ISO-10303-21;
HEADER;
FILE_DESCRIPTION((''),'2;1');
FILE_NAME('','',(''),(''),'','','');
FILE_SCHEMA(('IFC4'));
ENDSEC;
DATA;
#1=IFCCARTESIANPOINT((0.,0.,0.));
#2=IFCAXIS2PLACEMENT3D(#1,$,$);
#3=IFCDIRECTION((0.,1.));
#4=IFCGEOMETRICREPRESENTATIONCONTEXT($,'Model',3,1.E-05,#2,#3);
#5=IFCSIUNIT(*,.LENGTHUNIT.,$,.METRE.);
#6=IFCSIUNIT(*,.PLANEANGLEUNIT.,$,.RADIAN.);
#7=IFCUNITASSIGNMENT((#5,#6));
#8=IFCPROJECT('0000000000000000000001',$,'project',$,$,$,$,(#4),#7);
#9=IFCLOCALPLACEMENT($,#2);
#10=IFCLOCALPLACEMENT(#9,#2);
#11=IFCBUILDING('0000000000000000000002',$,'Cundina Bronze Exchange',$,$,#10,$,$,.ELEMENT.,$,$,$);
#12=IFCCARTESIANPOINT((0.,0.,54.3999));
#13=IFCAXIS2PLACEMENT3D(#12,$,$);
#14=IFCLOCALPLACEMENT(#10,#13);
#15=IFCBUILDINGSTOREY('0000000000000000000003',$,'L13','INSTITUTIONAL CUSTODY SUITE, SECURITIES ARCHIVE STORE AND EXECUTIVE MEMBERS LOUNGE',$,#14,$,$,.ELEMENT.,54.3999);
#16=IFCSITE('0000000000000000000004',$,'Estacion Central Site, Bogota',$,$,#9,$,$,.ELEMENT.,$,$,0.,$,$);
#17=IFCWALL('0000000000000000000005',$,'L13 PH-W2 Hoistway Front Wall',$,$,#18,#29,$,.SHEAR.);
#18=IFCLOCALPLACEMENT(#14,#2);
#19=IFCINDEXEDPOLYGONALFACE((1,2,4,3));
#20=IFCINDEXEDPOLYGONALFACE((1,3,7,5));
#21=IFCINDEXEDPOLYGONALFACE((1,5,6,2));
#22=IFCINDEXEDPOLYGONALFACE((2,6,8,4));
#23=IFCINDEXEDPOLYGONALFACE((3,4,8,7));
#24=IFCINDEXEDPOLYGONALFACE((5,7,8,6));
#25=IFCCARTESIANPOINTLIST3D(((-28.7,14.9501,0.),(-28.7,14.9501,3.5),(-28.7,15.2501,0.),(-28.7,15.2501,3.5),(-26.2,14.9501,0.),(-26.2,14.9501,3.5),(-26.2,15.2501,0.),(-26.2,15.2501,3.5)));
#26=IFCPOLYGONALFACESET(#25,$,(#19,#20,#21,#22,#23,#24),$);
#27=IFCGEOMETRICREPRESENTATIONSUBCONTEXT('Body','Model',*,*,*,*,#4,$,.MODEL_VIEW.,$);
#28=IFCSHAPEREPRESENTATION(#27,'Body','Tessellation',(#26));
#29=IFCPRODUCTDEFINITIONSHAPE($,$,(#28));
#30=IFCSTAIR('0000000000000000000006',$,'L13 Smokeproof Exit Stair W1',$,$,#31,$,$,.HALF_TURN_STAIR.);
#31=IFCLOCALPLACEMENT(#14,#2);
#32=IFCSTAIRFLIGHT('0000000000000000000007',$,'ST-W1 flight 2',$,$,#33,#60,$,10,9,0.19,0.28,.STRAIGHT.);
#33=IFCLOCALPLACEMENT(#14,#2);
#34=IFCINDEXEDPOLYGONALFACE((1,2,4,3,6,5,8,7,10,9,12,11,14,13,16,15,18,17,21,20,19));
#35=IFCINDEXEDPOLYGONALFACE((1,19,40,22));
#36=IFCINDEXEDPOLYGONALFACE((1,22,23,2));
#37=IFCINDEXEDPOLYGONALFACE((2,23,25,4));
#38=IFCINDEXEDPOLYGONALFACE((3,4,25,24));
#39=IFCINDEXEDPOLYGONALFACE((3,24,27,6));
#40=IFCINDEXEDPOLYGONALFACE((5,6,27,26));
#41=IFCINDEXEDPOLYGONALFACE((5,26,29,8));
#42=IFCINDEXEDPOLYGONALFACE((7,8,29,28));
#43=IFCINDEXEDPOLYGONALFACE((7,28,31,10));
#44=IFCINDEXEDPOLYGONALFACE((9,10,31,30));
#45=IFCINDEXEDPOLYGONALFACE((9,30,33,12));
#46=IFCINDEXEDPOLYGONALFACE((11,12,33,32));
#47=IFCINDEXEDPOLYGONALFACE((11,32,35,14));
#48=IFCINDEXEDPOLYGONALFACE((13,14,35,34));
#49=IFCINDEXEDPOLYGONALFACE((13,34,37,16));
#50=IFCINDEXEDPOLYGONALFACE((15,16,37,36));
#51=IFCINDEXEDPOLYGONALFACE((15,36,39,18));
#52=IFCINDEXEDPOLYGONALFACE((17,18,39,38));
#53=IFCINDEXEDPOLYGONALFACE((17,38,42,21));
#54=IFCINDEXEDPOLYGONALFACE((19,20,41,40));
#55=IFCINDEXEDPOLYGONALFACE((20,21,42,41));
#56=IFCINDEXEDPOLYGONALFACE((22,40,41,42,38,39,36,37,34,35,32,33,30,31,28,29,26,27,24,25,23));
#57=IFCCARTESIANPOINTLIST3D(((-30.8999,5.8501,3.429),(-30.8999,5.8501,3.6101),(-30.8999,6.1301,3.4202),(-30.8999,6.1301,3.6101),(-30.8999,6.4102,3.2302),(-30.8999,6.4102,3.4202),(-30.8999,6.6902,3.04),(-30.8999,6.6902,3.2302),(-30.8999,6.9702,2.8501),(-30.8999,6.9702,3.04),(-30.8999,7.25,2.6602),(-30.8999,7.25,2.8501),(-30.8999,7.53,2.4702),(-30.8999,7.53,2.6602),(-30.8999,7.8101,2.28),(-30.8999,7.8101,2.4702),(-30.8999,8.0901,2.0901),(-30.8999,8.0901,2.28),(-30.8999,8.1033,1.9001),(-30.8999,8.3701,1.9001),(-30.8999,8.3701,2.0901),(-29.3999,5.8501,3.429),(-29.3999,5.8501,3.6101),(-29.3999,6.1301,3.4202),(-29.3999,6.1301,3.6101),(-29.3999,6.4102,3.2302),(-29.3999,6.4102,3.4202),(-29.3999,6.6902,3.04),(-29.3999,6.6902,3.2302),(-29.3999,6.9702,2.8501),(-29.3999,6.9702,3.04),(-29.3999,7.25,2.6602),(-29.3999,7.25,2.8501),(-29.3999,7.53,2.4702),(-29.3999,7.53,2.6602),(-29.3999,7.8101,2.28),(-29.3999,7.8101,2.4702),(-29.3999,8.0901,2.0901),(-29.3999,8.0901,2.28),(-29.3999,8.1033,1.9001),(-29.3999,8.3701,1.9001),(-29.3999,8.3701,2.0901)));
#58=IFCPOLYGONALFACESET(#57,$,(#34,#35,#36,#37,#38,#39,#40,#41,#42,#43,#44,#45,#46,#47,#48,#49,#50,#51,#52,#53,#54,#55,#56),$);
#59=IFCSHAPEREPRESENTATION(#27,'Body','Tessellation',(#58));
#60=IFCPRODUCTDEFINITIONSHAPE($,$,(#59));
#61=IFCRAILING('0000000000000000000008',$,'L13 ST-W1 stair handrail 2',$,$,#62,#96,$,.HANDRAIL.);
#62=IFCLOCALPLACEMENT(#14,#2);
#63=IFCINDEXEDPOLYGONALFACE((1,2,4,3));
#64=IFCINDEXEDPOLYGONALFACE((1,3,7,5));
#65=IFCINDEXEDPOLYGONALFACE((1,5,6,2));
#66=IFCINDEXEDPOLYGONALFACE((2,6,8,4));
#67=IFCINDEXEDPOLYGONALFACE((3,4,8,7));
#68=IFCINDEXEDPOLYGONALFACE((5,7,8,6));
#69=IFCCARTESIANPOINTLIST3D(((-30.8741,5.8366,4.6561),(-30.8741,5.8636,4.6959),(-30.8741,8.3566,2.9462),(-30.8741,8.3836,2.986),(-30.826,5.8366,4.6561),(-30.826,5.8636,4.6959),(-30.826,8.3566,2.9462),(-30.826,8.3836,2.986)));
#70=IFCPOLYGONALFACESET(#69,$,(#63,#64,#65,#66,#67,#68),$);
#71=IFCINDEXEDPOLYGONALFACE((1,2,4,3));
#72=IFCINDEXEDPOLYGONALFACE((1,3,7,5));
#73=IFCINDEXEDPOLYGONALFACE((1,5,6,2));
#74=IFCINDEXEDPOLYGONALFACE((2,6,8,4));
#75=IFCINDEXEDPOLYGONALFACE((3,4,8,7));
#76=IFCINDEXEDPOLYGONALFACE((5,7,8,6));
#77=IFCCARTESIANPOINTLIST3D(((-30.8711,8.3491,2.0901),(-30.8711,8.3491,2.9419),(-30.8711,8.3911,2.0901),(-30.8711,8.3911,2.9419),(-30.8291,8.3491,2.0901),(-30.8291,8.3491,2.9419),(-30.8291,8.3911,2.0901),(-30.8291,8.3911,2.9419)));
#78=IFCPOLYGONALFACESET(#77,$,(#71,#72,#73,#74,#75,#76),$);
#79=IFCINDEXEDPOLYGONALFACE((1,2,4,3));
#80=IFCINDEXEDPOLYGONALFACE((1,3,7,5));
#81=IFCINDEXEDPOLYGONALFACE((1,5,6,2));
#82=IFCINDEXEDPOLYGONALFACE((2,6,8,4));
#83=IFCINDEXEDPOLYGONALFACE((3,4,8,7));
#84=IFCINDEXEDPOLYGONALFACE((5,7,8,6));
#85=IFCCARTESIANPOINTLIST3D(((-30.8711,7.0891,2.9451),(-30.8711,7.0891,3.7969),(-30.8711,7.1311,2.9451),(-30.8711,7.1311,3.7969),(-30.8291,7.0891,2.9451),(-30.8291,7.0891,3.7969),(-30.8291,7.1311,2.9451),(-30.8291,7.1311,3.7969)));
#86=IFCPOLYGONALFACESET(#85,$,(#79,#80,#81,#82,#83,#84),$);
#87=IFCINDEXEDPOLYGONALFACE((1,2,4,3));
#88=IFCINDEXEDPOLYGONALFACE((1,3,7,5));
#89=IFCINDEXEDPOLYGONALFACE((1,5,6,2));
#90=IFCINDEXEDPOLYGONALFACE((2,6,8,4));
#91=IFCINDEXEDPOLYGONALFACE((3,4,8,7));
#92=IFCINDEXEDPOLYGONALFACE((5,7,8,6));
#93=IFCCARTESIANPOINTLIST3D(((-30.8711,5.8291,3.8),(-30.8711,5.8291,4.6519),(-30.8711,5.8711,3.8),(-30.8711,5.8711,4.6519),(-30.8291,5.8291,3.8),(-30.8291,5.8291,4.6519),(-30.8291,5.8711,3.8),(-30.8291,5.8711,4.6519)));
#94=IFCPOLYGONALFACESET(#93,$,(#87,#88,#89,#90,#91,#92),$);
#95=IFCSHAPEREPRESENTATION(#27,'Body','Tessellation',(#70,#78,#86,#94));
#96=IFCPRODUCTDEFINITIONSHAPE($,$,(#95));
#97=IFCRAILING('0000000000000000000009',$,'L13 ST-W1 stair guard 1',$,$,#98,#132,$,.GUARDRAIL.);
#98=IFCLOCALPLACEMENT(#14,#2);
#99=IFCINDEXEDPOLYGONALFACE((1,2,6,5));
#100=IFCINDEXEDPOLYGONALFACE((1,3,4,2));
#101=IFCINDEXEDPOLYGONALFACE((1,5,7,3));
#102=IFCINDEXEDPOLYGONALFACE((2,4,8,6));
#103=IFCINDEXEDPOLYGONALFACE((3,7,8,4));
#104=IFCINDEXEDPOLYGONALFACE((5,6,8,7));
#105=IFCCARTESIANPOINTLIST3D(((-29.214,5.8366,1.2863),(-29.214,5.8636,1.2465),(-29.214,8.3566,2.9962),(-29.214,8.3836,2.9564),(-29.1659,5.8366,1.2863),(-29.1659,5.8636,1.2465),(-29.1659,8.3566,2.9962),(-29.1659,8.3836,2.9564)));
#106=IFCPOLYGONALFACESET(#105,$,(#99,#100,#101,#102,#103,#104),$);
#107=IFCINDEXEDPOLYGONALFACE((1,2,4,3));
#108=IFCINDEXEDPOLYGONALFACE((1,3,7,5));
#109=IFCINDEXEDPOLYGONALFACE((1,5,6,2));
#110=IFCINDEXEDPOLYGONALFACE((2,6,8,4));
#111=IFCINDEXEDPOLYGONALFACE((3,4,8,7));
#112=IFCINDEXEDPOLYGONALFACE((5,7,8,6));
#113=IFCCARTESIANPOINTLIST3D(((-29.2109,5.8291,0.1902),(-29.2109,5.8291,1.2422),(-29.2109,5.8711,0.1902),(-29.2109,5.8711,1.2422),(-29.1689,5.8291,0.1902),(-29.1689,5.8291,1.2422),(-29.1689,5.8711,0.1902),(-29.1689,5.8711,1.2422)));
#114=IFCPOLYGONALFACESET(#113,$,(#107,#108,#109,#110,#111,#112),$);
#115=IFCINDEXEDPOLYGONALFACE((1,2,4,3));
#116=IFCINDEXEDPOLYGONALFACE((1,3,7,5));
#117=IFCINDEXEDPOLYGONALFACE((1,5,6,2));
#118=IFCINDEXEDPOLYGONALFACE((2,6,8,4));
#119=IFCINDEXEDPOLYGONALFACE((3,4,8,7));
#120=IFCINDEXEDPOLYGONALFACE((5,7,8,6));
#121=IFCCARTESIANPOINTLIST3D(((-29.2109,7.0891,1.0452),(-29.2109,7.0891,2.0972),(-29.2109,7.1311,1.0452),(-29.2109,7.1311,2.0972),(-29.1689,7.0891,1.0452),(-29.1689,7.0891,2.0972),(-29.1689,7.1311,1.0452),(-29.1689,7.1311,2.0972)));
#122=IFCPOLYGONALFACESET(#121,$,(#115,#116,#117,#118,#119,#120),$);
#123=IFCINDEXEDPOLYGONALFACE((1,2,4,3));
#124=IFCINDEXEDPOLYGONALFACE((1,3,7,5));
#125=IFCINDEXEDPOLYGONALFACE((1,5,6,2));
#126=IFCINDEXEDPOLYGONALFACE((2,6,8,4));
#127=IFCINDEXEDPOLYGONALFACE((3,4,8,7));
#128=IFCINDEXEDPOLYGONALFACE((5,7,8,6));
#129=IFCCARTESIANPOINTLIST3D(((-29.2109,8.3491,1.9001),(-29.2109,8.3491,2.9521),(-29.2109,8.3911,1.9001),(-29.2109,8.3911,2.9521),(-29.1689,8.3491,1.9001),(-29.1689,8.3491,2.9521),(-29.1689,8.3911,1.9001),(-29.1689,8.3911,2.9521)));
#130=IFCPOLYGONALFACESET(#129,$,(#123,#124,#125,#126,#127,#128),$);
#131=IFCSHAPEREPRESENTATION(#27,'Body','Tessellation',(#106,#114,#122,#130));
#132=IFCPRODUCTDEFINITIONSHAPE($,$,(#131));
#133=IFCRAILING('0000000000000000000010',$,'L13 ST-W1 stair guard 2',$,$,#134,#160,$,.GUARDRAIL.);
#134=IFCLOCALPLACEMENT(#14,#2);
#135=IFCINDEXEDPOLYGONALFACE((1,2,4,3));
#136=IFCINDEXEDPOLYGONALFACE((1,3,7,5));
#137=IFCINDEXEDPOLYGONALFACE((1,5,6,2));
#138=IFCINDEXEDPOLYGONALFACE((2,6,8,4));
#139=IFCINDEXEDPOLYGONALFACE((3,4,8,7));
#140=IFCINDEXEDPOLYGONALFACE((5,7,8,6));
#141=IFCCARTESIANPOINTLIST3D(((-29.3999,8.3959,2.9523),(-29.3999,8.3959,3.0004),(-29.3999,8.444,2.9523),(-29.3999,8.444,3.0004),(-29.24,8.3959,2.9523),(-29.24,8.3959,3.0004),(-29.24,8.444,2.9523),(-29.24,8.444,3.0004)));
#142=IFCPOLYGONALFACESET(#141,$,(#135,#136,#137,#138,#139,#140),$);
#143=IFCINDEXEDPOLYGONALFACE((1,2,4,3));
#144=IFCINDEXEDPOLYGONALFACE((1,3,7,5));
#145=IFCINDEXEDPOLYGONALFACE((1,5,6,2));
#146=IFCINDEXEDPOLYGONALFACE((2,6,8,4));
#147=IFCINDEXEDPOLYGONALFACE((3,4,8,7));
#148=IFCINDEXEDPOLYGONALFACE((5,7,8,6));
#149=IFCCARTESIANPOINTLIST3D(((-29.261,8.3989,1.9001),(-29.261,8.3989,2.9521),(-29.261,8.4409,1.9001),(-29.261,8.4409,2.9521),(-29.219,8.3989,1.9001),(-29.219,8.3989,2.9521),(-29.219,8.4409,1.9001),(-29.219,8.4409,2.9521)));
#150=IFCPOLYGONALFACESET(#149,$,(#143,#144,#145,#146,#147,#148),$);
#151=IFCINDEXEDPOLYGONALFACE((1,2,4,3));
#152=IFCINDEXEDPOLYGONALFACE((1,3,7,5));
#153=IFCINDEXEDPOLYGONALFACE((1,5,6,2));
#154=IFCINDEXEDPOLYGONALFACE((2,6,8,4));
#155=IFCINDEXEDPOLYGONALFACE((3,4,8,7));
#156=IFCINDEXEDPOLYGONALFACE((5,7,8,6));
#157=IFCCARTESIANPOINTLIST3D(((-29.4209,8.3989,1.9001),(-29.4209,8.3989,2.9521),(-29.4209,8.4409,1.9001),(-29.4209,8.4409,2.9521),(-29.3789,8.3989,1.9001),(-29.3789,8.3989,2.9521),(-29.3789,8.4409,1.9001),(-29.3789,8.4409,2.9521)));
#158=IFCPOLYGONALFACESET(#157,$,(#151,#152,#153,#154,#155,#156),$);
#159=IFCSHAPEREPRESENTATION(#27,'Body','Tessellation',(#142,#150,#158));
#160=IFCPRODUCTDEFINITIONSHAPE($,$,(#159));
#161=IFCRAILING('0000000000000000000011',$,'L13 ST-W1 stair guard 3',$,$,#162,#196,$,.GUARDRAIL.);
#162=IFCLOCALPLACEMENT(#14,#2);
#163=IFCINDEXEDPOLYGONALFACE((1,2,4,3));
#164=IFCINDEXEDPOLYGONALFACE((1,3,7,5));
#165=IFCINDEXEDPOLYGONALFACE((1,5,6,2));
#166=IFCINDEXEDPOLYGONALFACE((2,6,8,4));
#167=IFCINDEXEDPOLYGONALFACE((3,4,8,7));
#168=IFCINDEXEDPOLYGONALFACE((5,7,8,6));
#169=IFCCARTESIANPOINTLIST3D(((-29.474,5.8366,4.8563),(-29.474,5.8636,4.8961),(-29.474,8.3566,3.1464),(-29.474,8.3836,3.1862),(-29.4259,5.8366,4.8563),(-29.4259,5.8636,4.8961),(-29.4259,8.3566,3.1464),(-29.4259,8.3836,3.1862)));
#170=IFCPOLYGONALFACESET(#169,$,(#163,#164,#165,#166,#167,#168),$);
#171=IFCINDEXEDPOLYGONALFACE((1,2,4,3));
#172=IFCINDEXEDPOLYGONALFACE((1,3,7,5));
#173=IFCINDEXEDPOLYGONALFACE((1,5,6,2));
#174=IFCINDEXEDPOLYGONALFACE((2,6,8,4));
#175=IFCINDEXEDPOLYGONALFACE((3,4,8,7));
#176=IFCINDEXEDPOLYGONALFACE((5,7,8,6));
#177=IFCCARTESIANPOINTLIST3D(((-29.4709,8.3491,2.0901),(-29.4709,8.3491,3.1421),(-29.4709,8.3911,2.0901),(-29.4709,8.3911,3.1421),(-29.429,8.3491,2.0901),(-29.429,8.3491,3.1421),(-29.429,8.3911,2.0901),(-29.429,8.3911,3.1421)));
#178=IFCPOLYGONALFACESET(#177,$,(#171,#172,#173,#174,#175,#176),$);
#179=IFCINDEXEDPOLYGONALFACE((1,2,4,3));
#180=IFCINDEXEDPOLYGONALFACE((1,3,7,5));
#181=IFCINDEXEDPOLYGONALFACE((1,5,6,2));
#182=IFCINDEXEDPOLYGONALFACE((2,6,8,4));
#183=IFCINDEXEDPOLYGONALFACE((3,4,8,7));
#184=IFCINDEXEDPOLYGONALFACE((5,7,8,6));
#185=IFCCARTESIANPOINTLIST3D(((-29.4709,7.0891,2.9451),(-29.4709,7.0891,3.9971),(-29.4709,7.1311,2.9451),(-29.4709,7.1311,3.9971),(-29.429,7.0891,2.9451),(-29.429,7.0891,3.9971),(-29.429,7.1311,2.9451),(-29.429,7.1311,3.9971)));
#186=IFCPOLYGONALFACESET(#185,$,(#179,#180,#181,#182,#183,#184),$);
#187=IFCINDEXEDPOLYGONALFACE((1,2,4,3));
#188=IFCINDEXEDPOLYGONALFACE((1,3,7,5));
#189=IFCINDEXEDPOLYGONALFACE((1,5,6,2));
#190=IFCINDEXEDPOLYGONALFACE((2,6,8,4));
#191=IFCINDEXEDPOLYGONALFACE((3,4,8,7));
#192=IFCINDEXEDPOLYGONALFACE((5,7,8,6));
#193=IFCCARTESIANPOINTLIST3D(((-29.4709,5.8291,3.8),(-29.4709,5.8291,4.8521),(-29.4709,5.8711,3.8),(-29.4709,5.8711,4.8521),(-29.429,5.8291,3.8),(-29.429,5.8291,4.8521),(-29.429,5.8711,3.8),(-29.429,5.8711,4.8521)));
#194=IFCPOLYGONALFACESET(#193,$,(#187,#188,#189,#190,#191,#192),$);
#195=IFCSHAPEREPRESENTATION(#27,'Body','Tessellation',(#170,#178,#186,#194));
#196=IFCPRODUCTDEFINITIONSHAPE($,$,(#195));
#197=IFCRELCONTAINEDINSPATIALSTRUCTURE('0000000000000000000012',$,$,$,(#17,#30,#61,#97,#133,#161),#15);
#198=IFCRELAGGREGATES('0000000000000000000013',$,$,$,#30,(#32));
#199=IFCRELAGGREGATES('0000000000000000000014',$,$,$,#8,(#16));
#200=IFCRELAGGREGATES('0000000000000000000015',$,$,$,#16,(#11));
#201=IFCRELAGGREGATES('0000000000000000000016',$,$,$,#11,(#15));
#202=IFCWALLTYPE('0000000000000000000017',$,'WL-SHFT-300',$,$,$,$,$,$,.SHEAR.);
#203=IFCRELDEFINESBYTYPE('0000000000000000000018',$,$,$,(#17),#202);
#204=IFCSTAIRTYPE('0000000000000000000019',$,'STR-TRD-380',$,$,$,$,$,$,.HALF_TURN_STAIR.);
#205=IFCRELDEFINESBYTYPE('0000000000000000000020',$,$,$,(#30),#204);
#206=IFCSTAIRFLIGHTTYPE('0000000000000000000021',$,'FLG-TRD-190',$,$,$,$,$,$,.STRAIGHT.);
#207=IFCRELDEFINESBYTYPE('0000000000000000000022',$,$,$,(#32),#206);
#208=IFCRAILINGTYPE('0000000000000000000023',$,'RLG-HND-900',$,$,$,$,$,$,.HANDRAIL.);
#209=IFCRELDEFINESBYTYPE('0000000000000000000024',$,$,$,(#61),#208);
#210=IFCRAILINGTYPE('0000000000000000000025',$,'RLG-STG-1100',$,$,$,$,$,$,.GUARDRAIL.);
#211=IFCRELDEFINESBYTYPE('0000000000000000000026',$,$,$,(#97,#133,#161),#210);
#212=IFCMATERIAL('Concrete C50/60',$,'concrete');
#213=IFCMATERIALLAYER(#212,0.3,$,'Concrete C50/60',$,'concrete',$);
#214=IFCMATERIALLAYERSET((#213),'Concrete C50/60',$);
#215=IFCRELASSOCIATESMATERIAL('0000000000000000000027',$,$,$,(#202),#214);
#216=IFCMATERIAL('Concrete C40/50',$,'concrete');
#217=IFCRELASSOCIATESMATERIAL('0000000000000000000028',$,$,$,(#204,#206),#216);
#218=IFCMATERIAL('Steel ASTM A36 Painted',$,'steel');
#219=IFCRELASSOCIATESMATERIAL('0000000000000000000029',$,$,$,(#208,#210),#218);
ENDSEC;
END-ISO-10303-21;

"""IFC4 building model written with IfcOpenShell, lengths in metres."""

from ifc_helpers import new_model, si_unit, direction, frame, frame_2d, origin, origin_2d, place, context, subcontext, project, spatial, polyline, rectangle, outline, extrude, material, layer, layer_set, type_object, element, aggregate, save


model = new_model("IFC4")

# Units and contexts
model_context = context("Model", 3, precision=1e-05, world=origin(), true_north=direction((0.0, 1.0)))
body_context = subcontext(model_context, "Body", "Model", "MODEL_VIEW")
ifc_project = project(units=[si_unit("LENGTHUNIT", "METRE"), si_unit("PLANEANGLEUNIT", "RADIAN")], contexts=[model_context])

# Site, building, storey
site_placement = place(None, origin())
site = spatial("IfcSite", under=ifc_project, at=site_placement, Name="Estacion Central Site, Bogota", CompositionType="ELEMENT", RefElevation=0.0)
building_placement = place(site_placement, origin())
building = spatial("IfcBuilding", under=site, at=building_placement, Name="Cundina Bronze Exchange", CompositionType="ELEMENT")
storey_placement = place(building_placement, frame((0.0, 0.0, 54.3999)))
storey = spatial("IfcBuildingStorey", under=building, at=storey_placement, Name="L13", Description="INSTITUTIONAL CUSTODY SUITE, SECURITIES ARCHIVE STORE AND EXECUTIVE MEMBERS LOUNGE", CompositionType="ELEMENT", Elevation=54.3999)

# Shared definitions
ifc_material_1 = material(Name="Concrete C50/60", Category="concrete")
ifc_layer_1 = layer(ifc_material_1, 0.3, Name="Concrete C50/60", Category="concrete")
ifc_layer_set_1 = layer_set([ifc_layer_1], Name="Concrete C50/60")
wall_type_1 = type_object("IfcWallType", Name="WL-SHFT-300", PredefinedType="SHEAR", material=ifc_layer_set_1)
ifc_material_2 = material(Name="Steel ASTM A36 Painted", Category="steel")

# Wall
wall_1_placement = place(storey_placement, frame((-28.7, 15.1001, 0.0), z_axis=(0.0, 0.0, 1.0), x_axis=(1.0, 0.0, 0.0)))
element("IfcWall", 1, at=wall_1_placement, inside=storey, type_object=wall_type_1, Name="L13 PH-W2 Hoistway Front Wall", PredefinedType="SHEAR", context=body_context, shape_type="SweptSolid", body=[
    extrude(rectangle(XDim=2.5, YDim=0.3, at=frame_2d((1.25, 0.0))), origin(), (0.0, 0.0, 1.0), 3.5),
])

# Stair, stair flight
ifc_material_3 = material(Name="Concrete C40/50", Category="concrete")
stair_type = type_object("IfcStairType", Name="STR-TRD-380", PredefinedType="HALF_TURN_STAIR", material=ifc_material_3)
stair_placement = place(storey_placement, origin())
stair = element("IfcStair", 2, at=stair_placement, inside=storey, type_object=stair_type, Name="L13 Smokeproof Exit Stair W1", PredefinedType="HALF_TURN_STAIR")
stair_flight_type = type_object("IfcStairFlightType", Name="FLG-TRD-190", PredefinedType="STRAIGHT", material=ifc_material_3)
stair_flight_placement = place(storey_placement, frame((-30.1499, 8.3701, 1.9001), z_axis=(0.0, 0.0, 1.0), x_axis=(0.0, -1.0, 0.0)))
stair_flight = element("IfcStairFlight", 3, at=stair_flight_placement, type_object=stair_flight_type, Name="ST-W1 flight 2", NumberOfRisers=10, NumberOfTreads=9, PredefinedType="STRAIGHT", RiserHeight=0.19, TreadLength=0.28, context=body_context, shape_type="SweptSolid", body=[
    extrude(outline(polyline([(0.0, 0.0), (0.0, 0.1899), (0.28, 0.1899), (0.28, 0.3799), (0.5601, 0.3799), (0.5601, 0.5701), (0.8401, 0.5701), (0.8401, 0.76), (1.1201, 0.76), (1.1201, 0.95), (1.3999, 0.95), (1.3999, 1.1399), (1.6799, 1.1399), (1.6799, 1.3301), (1.96, 1.3301), (1.96, 1.52), (2.24, 1.52), (2.24, 1.71), (2.52, 1.71), (2.52, 1.8999), (2.52, 1.5288), (0.2668, 0.0), (0.0, 0.0)])), frame((0.0, 0.75, 0.0), z_axis=(0.0, -1.0, 0.0), x_axis=(1.0, 0.0, 0.0)), (0.0, 0.0, 1.0), 1.5),
])
aggregate(stair, [stair_flight])

# Railings
railing_type_1 = type_object("IfcRailingType", Name="RLG-HND-900", PredefinedType="HANDRAIL", material=ifc_material_2)
railing_1_placement = place(storey_placement, frame((-30.8501, 8.3701, 2.0901)))
element("IfcRailing", 4, at=railing_1_placement, inside=storey, type_object=railing_type_1, Name="L13 ST-W1 stair handrail 2", PredefinedType="HANDRAIL", context=body_context, shape_type="SweptSolid", body=[
    extrude(rectangle(XDim=0.0481, YDim=0.0481, at=origin_2d()), frame((0.0, 0.0, 0.876), z_axis=(0.0, -0.827484, 0.56149), x_axis=(1.0, 0.0, 0.0)), (0.0, 0.0, 1.0), 3.0454),
    extrude(rectangle(XDim=0.042, YDim=0.042, at=origin_2d()), origin(), (0.0, 0.0, 1.0), 0.8518),
    extrude(rectangle(XDim=0.042, YDim=0.042, at=origin_2d()), frame((0.0, -1.26, 0.855)), (0.0, 0.0, 1.0), 0.8518),
    extrude(rectangle(XDim=0.042, YDim=0.042, at=origin_2d()), frame((0.0, -2.52, 1.71)), (0.0, 0.0, 1.0), 0.8518),
])
railing_type_2 = type_object("IfcRailingType", Name="RLG-STG-1100", PredefinedType="GUARDRAIL", material=ifc_material_2)
railing_2_placement = place(storey_placement, frame((-29.1899, 5.8501, 0.1902)))
element("IfcRailing", 5, at=railing_2_placement, inside=storey, type_object=railing_type_2, Name="L13 ST-W1 stair guard 1", PredefinedType="GUARDRAIL", context=body_context, shape_type="SweptSolid", body=[
    extrude(rectangle(XDim=0.0481, YDim=0.0481, at=origin_2d()), frame((0.0, 0.0, 1.0762), z_axis=(0.0, 0.827484, 0.56149), x_axis=(-1.0, 0.0, 0.0)), (0.0, 0.0, 1.0), 3.0454),
    extrude(rectangle(XDim=0.042, YDim=0.042, at=origin_2d()), origin(), (0.0, 0.0, 1.0), 1.052),
    extrude(rectangle(XDim=0.042, YDim=0.042, at=origin_2d()), frame((0.0, 1.26, 0.855)), (0.0, 0.0, 1.0), 1.052),
    extrude(rectangle(XDim=0.042, YDim=0.042, at=origin_2d()), frame((0.0, 2.52, 1.71)), (0.0, 0.0, 1.0), 1.052),
])
railing_3_placement = place(storey_placement, frame((-29.24, 8.4199, 1.9001)))
element("IfcRailing", 6, at=railing_3_placement, inside=storey, type_object=railing_type_2, Name="L13 ST-W1 stair guard 2", PredefinedType="GUARDRAIL", context=body_context, shape_type="SweptSolid", body=[
    extrude(rectangle(XDim=0.0481, YDim=0.0481, at=origin_2d()), frame((0.0, 0.0, 1.0762), z_axis=(-1.0, 0.0, 0.0), x_axis=(0.0, -1.0, 0.0)), (0.0, 0.0, 1.0), 0.1599),
    extrude(rectangle(XDim=0.042, YDim=0.042, at=origin_2d()), origin(), (0.0, 0.0, 1.0), 1.052),
    extrude(rectangle(XDim=0.042, YDim=0.042, at=origin_2d()), frame((-0.1599, 0.0, 0.0)), (0.0, 0.0, 1.0), 1.052),
])
railing_4_placement = place(storey_placement, frame((-29.45, 8.3701, 2.0901)))
element("IfcRailing", 7, at=railing_4_placement, inside=storey, type_object=railing_type_2, Name="L13 ST-W1 stair guard 3", PredefinedType="GUARDRAIL", context=body_context, shape_type="SweptSolid", body=[
    extrude(rectangle(XDim=0.0481, YDim=0.0481, at=origin_2d()), frame((0.0, 0.0, 1.0762), z_axis=(0.0, -0.827484, 0.56149), x_axis=(1.0, 0.0, 0.0)), (0.0, 0.0, 1.0), 3.0454),
    extrude(rectangle(XDim=0.042, YDim=0.042, at=origin_2d()), origin(), (0.0, 0.0, 1.0), 1.052),
    extrude(rectangle(XDim=0.042, YDim=0.042, at=origin_2d()), frame((0.0, -1.26, 0.855)), (0.0, 0.0, 1.0), 1.052),
    extrude(rectangle(XDim=0.042, YDim=0.042, at=origin_2d()), frame((0.0, -2.52, 1.71)), (0.0, 0.0, 1.0), 1.052),
])

save(model, "model.ifc")
